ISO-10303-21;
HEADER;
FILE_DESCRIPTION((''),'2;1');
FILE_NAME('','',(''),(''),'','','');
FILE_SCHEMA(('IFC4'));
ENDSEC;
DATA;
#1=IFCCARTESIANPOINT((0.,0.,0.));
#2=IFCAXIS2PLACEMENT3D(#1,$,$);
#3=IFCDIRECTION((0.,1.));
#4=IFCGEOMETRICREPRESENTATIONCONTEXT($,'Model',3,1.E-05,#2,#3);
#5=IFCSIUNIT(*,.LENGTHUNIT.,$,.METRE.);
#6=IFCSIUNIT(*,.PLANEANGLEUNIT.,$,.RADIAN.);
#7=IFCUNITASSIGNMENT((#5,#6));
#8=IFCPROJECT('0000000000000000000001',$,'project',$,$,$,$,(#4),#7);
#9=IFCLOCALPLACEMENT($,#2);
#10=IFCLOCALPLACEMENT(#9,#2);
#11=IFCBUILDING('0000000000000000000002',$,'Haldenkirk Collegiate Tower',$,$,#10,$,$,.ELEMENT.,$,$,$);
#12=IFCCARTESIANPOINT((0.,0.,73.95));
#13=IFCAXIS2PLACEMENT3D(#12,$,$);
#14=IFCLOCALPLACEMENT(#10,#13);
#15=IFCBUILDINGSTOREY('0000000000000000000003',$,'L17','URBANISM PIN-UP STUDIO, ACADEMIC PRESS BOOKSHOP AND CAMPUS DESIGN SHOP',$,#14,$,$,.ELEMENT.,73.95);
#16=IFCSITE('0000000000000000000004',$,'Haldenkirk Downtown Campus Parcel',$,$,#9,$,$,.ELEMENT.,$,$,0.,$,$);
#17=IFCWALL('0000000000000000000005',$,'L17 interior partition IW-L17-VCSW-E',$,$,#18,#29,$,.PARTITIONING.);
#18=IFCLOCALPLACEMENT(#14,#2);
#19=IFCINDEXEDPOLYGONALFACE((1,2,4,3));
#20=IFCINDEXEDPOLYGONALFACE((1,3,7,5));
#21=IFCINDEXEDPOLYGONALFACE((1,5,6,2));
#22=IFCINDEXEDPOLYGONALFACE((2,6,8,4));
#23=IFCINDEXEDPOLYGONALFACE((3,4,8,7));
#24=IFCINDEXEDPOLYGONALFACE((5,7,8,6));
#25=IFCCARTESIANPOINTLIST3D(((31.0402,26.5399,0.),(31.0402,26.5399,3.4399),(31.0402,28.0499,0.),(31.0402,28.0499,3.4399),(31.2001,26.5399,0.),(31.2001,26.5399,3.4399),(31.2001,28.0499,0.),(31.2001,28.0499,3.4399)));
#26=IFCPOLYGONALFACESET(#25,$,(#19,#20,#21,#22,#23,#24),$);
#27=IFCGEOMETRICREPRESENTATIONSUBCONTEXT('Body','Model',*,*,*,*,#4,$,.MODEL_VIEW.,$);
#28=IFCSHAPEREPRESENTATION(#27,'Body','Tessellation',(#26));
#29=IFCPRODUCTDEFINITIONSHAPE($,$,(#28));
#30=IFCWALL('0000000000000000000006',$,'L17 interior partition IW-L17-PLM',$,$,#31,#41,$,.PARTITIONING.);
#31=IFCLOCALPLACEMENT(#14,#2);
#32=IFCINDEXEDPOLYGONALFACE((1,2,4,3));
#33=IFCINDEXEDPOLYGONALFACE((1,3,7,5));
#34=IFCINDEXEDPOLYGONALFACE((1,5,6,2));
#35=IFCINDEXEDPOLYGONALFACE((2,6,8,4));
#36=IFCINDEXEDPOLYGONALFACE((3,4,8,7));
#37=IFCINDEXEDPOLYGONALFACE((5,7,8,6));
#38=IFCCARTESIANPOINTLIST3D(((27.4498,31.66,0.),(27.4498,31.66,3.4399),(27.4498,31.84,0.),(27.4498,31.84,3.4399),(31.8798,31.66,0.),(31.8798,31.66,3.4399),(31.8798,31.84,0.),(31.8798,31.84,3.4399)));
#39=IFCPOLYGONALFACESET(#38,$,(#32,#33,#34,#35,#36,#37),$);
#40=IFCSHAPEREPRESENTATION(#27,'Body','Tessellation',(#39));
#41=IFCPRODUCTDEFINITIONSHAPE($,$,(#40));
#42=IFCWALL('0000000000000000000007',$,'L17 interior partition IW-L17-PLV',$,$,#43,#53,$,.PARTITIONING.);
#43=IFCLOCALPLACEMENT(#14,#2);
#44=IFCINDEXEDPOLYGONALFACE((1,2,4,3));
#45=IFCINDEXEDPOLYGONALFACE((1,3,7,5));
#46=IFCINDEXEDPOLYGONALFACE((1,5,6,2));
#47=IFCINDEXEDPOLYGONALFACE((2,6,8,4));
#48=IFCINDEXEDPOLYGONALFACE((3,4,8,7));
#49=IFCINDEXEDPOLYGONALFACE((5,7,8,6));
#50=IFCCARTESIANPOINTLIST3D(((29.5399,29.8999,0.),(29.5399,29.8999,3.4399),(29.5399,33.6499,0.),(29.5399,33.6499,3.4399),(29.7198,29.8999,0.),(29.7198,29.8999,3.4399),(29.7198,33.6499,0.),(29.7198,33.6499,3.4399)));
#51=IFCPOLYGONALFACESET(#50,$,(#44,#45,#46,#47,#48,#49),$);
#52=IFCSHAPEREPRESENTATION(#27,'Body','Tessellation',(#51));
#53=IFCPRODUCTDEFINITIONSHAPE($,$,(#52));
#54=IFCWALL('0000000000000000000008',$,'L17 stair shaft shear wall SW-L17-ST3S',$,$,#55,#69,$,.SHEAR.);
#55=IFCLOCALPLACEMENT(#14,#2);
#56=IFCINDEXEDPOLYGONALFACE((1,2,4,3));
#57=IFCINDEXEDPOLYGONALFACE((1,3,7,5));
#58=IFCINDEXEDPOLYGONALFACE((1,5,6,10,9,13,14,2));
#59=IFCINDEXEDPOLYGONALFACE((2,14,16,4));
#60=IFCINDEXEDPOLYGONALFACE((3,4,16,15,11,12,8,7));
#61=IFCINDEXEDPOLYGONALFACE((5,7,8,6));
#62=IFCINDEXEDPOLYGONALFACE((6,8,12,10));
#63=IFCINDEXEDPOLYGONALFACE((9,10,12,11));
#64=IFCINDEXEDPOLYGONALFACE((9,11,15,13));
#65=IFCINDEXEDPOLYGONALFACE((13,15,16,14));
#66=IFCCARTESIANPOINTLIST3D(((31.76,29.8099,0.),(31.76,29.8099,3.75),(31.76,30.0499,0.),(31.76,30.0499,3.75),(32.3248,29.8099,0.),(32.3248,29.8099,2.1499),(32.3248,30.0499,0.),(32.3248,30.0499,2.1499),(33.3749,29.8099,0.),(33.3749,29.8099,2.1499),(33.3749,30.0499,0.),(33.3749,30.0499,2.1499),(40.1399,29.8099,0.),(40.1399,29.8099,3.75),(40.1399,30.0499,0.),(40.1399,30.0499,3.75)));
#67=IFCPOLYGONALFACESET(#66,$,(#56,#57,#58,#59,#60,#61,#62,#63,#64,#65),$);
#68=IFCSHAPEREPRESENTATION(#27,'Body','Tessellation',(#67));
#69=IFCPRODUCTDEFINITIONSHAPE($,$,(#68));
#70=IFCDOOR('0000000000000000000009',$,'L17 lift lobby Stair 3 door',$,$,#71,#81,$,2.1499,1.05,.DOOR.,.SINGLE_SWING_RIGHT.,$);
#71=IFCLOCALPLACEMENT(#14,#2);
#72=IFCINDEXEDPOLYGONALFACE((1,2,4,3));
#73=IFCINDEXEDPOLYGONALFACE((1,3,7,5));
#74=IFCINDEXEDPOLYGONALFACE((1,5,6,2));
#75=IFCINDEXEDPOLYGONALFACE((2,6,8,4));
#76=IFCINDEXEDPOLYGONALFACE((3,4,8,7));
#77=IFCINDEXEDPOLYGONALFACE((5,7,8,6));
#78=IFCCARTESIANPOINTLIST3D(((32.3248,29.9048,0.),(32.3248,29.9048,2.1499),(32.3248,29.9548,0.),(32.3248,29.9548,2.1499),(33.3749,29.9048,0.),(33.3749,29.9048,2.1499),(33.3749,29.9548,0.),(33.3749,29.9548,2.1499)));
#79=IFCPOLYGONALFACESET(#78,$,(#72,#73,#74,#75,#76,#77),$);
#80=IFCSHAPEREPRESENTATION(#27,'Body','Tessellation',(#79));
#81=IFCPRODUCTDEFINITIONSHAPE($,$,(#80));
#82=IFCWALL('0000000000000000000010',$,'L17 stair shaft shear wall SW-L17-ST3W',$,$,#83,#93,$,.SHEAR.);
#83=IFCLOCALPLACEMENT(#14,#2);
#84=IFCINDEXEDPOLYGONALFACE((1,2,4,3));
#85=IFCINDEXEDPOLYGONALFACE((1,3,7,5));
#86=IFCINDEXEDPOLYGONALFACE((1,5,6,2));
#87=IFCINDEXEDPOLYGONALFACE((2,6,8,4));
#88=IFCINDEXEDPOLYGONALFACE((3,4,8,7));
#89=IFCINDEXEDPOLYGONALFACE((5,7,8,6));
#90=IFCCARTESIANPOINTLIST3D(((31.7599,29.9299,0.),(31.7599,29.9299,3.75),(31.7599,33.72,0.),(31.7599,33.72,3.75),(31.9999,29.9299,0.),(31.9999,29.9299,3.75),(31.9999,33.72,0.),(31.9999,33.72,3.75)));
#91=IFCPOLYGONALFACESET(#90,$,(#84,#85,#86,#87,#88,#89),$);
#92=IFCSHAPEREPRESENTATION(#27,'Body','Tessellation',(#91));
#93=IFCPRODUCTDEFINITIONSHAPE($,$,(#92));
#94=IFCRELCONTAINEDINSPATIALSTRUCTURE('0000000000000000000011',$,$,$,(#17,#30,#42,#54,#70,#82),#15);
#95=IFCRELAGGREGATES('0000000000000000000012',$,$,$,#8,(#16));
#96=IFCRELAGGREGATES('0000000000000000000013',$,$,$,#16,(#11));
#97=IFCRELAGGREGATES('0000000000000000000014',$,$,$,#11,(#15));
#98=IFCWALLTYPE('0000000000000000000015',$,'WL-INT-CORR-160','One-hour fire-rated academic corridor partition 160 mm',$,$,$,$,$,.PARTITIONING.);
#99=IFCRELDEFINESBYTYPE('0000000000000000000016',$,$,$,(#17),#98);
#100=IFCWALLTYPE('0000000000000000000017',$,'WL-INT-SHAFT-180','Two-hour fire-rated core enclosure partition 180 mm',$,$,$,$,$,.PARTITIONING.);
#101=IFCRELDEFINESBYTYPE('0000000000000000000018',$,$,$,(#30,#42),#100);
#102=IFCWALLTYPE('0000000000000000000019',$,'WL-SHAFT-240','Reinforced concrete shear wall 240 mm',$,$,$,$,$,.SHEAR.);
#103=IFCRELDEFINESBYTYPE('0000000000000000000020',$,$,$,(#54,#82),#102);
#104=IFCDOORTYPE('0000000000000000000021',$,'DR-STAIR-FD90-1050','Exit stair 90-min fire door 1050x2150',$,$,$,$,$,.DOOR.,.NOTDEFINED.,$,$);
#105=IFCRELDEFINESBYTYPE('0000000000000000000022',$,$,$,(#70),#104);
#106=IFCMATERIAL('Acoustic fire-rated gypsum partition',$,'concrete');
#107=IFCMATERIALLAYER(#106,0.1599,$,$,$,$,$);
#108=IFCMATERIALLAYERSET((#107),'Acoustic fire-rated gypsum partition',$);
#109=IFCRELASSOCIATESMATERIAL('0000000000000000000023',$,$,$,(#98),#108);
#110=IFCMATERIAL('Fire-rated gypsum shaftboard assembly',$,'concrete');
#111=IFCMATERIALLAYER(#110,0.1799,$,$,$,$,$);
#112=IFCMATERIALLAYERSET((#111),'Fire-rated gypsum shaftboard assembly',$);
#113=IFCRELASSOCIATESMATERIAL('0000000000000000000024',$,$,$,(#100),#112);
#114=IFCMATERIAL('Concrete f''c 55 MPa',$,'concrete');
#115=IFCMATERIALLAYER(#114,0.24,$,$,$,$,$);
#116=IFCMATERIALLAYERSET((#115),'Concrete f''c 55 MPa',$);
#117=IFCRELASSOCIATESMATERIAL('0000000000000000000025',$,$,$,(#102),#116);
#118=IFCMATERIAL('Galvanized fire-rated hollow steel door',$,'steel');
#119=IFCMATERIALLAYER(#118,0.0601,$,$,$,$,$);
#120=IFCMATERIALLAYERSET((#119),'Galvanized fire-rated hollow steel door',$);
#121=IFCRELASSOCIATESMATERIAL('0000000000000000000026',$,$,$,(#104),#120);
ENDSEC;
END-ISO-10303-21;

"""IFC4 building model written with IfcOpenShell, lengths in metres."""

from ifc_helpers import new_model, si_unit, direction, frame, frame_2d, origin, place, context, subcontext, project, spatial, rectangle, extrude, material, layer, layer_set, type_object, element, fill, save


model = new_model("IFC4")

# Units and contexts
model_context = context("Model", 3, precision=1e-05, world=origin(), true_north=direction((0.0, 1.0)))
body_context = subcontext(model_context, "Body", "Model", "MODEL_VIEW")
ifc_project = project(units=[si_unit("LENGTHUNIT", "METRE"), si_unit("PLANEANGLEUNIT", "RADIAN")], contexts=[model_context])

# Site, building, storey
site_placement = place(None, origin())
site = spatial("IfcSite", under=ifc_project, at=site_placement, Name="Haldenkirk Downtown Campus Parcel", CompositionType="ELEMENT", RefElevation=0.0)
building_placement = place(site_placement, origin())
building = spatial("IfcBuilding", under=site, at=building_placement, Name="Haldenkirk Collegiate Tower", CompositionType="ELEMENT")
storey_placement = place(building_placement, frame((0.0, 0.0, 73.95)))
storey = spatial("IfcBuildingStorey", under=building, at=storey_placement, Name="L17", Description="URBANISM PIN-UP STUDIO, ACADEMIC PRESS BOOKSHOP AND CAMPUS DESIGN SHOP", CompositionType="ELEMENT", Elevation=73.95)

# Shared definitions
ifc_material_1 = material(Name="Acoustic fire-rated gypsum partition", Category="concrete")
ifc_layer_1 = layer(ifc_material_1, 0.1599)
ifc_layer_set_1 = layer_set([ifc_layer_1], Name="Acoustic fire-rated gypsum partition")
wall_type_1 = type_object("IfcWallType", Name="WL-INT-CORR-160", Description="One-hour fire-rated academic corridor partition 160 mm", PredefinedType="PARTITIONING", material=ifc_layer_set_1)

# Wall
wall_1_placement = place(storey_placement, frame((31.1201, 26.54, 0.0), z_axis=(0.0, 0.0, 1.0), x_axis=(0.0, 1.0, 0.0)))
element("IfcWall", 1, at=wall_1_placement, inside=storey, type_object=wall_type_1, Name="L17 interior partition IW-L17-VCSW-E", PredefinedType="PARTITIONING", context=body_context, shape_type="SweptSolid", body=[
    extrude(rectangle(XDim=1.51, YDim=0.1599, at=frame_2d((0.7549, 0.0))), origin(), (0.0, 0.0, 1.0), 3.4399),
])

# Shared definitions
ifc_material_2 = material(Name="Fire-rated gypsum shaftboard assembly", Category="concrete")
ifc_layer_2 = layer(ifc_material_2, 0.1799)
ifc_layer_set_2 = layer_set([ifc_layer_2], Name="Fire-rated gypsum shaftboard assembly")
wall_type_2 = type_object("IfcWallType", Name="WL-INT-SHAFT-180", Description="Two-hour fire-rated core enclosure partition 180 mm", PredefinedType="PARTITIONING", material=ifc_layer_set_2)

# Walls
wall_2_placement = place(storey_placement, frame((27.45, 31.75, 0.0), z_axis=(0.0, 0.0, 1.0), x_axis=(1.0, 0.0, 0.0)))
element("IfcWall", 2, at=wall_2_placement, inside=storey, type_object=wall_type_2, Name="L17 interior partition IW-L17-PLM", PredefinedType="PARTITIONING", context=body_context, shape_type="SweptSolid", body=[
    extrude(rectangle(XDim=4.4299, YDim=0.1799, at=frame_2d((2.2148, 0.0))), origin(), (0.0, 0.0, 1.0), 3.4399),
])
wall_3_placement = place(storey_placement, frame((29.6299, 29.8999, 0.0), z_axis=(0.0, 0.0, 1.0), x_axis=(0.0, 1.0, 0.0)))
element("IfcWall", 3, at=wall_3_placement, inside=storey, type_object=wall_type_2, Name="L17 interior partition IW-L17-PLV", PredefinedType="PARTITIONING", context=body_context, shape_type="SweptSolid", body=[
    extrude(rectangle(XDim=3.75, YDim=0.1799, at=frame_2d((1.875, 0.0))), origin(), (0.0, 0.0, 1.0), 3.4399),
])

# Wall, opening, door
ifc_material_3 = material(Name="Concrete f'c 55 MPa", Category="concrete")
ifc_layer_3 = layer(ifc_material_3, 0.24)
ifc_layer_set_3 = layer_set([ifc_layer_3], Name="Concrete f'c 55 MPa")
wall_type_3 = type_object("IfcWallType", Name="WL-SHAFT-240", Description="Reinforced concrete shear wall 240 mm", PredefinedType="SHEAR", material=ifc_layer_set_3)
wall_4_placement = place(storey_placement, frame((31.76, 29.9299, 0.0), z_axis=(0.0, 0.0, 1.0), x_axis=(1.0, 0.0, 0.0)))
wall_4 = element("IfcWall", 4, at=wall_4_placement, inside=storey, type_object=wall_type_3, Name="L17 stair shaft shear wall SW-L17-ST3S", PredefinedType="SHEAR", context=body_context, shape_type="SweptSolid", body=[
    extrude(rectangle(XDim=8.3799, YDim=0.24, at=frame_2d((4.1899, 0.0))), origin(), (0.0, 0.0, 1.0), 3.75),
])
opening_1_placement = place(wall_4_placement, frame((0.5649, 0.0, 0.0)))
opening_1 = element("IfcOpeningElement", 5, at=opening_1_placement, cuts=wall_4, PredefinedType="OPENING", context=body_context, shape_type="SweptSolid", body=[
    extrude(rectangle(XDim=1.05, YDim=2.1499, at=frame_2d((0.5249, 1.075))), frame((0.0, 0.1299, 0.0), z_axis=(0.0, -1.0, 0.0), x_axis=(1.0, 0.0, 0.0)), (0.0, 0.0, 1.0), 0.26),
])
ifc_material_4 = material(Name="Galvanized fire-rated hollow steel door", Category="steel")
ifc_layer_4 = layer(ifc_material_4, 0.0601)
ifc_layer_set_4 = layer_set([ifc_layer_4], Name="Galvanized fire-rated hollow steel door")
door_type_1 = type_object("IfcDoorType", Name="DR-STAIR-FD90-1050", Description="Exit stair 90-min fire door 1050x2150", OperationType="NOTDEFINED", PredefinedType="DOOR", material=ifc_layer_set_4)
door_1_placement = place(opening_1_placement, origin())
door_1 = element("IfcDoor", 6, at=door_1_placement, inside=storey, type_object=door_type_1, Name="L17 lift lobby Stair 3 door", OperationType="SINGLE_SWING_RIGHT", OverallHeight=2.1499, OverallWidth=1.05, PredefinedType="DOOR", context=body_context, shape_type="SweptSolid", body=[
    extrude(rectangle(XDim=1.05, YDim=2.1499, at=frame_2d((0.5249, 1.075))), frame((0.0, 0.0249, 0.0), z_axis=(0.0, -1.0, 0.0), x_axis=(1.0, 0.0, 0.0)), (0.0, 0.0, 1.0), 0.05),
])
fill(opening_1, door_1)

# Wall
wall_5_placement = place(storey_placement, frame((31.8799, 29.9299, 0.0), z_axis=(0.0, 0.0, 1.0), x_axis=(0.0, 1.0, 0.0)))
element("IfcWall", 7, at=wall_5_placement, inside=storey, type_object=wall_type_3, Name="L17 stair shaft shear wall SW-L17-ST3W", PredefinedType="SHEAR", context=body_context, shape_type="SweptSolid", body=[
    extrude(rectangle(XDim=3.79, YDim=0.24, at=frame_2d((1.895, 0.0))), origin(), (0.0, 0.0, 1.0), 3.75),
])

save(model, "model.ifc")
